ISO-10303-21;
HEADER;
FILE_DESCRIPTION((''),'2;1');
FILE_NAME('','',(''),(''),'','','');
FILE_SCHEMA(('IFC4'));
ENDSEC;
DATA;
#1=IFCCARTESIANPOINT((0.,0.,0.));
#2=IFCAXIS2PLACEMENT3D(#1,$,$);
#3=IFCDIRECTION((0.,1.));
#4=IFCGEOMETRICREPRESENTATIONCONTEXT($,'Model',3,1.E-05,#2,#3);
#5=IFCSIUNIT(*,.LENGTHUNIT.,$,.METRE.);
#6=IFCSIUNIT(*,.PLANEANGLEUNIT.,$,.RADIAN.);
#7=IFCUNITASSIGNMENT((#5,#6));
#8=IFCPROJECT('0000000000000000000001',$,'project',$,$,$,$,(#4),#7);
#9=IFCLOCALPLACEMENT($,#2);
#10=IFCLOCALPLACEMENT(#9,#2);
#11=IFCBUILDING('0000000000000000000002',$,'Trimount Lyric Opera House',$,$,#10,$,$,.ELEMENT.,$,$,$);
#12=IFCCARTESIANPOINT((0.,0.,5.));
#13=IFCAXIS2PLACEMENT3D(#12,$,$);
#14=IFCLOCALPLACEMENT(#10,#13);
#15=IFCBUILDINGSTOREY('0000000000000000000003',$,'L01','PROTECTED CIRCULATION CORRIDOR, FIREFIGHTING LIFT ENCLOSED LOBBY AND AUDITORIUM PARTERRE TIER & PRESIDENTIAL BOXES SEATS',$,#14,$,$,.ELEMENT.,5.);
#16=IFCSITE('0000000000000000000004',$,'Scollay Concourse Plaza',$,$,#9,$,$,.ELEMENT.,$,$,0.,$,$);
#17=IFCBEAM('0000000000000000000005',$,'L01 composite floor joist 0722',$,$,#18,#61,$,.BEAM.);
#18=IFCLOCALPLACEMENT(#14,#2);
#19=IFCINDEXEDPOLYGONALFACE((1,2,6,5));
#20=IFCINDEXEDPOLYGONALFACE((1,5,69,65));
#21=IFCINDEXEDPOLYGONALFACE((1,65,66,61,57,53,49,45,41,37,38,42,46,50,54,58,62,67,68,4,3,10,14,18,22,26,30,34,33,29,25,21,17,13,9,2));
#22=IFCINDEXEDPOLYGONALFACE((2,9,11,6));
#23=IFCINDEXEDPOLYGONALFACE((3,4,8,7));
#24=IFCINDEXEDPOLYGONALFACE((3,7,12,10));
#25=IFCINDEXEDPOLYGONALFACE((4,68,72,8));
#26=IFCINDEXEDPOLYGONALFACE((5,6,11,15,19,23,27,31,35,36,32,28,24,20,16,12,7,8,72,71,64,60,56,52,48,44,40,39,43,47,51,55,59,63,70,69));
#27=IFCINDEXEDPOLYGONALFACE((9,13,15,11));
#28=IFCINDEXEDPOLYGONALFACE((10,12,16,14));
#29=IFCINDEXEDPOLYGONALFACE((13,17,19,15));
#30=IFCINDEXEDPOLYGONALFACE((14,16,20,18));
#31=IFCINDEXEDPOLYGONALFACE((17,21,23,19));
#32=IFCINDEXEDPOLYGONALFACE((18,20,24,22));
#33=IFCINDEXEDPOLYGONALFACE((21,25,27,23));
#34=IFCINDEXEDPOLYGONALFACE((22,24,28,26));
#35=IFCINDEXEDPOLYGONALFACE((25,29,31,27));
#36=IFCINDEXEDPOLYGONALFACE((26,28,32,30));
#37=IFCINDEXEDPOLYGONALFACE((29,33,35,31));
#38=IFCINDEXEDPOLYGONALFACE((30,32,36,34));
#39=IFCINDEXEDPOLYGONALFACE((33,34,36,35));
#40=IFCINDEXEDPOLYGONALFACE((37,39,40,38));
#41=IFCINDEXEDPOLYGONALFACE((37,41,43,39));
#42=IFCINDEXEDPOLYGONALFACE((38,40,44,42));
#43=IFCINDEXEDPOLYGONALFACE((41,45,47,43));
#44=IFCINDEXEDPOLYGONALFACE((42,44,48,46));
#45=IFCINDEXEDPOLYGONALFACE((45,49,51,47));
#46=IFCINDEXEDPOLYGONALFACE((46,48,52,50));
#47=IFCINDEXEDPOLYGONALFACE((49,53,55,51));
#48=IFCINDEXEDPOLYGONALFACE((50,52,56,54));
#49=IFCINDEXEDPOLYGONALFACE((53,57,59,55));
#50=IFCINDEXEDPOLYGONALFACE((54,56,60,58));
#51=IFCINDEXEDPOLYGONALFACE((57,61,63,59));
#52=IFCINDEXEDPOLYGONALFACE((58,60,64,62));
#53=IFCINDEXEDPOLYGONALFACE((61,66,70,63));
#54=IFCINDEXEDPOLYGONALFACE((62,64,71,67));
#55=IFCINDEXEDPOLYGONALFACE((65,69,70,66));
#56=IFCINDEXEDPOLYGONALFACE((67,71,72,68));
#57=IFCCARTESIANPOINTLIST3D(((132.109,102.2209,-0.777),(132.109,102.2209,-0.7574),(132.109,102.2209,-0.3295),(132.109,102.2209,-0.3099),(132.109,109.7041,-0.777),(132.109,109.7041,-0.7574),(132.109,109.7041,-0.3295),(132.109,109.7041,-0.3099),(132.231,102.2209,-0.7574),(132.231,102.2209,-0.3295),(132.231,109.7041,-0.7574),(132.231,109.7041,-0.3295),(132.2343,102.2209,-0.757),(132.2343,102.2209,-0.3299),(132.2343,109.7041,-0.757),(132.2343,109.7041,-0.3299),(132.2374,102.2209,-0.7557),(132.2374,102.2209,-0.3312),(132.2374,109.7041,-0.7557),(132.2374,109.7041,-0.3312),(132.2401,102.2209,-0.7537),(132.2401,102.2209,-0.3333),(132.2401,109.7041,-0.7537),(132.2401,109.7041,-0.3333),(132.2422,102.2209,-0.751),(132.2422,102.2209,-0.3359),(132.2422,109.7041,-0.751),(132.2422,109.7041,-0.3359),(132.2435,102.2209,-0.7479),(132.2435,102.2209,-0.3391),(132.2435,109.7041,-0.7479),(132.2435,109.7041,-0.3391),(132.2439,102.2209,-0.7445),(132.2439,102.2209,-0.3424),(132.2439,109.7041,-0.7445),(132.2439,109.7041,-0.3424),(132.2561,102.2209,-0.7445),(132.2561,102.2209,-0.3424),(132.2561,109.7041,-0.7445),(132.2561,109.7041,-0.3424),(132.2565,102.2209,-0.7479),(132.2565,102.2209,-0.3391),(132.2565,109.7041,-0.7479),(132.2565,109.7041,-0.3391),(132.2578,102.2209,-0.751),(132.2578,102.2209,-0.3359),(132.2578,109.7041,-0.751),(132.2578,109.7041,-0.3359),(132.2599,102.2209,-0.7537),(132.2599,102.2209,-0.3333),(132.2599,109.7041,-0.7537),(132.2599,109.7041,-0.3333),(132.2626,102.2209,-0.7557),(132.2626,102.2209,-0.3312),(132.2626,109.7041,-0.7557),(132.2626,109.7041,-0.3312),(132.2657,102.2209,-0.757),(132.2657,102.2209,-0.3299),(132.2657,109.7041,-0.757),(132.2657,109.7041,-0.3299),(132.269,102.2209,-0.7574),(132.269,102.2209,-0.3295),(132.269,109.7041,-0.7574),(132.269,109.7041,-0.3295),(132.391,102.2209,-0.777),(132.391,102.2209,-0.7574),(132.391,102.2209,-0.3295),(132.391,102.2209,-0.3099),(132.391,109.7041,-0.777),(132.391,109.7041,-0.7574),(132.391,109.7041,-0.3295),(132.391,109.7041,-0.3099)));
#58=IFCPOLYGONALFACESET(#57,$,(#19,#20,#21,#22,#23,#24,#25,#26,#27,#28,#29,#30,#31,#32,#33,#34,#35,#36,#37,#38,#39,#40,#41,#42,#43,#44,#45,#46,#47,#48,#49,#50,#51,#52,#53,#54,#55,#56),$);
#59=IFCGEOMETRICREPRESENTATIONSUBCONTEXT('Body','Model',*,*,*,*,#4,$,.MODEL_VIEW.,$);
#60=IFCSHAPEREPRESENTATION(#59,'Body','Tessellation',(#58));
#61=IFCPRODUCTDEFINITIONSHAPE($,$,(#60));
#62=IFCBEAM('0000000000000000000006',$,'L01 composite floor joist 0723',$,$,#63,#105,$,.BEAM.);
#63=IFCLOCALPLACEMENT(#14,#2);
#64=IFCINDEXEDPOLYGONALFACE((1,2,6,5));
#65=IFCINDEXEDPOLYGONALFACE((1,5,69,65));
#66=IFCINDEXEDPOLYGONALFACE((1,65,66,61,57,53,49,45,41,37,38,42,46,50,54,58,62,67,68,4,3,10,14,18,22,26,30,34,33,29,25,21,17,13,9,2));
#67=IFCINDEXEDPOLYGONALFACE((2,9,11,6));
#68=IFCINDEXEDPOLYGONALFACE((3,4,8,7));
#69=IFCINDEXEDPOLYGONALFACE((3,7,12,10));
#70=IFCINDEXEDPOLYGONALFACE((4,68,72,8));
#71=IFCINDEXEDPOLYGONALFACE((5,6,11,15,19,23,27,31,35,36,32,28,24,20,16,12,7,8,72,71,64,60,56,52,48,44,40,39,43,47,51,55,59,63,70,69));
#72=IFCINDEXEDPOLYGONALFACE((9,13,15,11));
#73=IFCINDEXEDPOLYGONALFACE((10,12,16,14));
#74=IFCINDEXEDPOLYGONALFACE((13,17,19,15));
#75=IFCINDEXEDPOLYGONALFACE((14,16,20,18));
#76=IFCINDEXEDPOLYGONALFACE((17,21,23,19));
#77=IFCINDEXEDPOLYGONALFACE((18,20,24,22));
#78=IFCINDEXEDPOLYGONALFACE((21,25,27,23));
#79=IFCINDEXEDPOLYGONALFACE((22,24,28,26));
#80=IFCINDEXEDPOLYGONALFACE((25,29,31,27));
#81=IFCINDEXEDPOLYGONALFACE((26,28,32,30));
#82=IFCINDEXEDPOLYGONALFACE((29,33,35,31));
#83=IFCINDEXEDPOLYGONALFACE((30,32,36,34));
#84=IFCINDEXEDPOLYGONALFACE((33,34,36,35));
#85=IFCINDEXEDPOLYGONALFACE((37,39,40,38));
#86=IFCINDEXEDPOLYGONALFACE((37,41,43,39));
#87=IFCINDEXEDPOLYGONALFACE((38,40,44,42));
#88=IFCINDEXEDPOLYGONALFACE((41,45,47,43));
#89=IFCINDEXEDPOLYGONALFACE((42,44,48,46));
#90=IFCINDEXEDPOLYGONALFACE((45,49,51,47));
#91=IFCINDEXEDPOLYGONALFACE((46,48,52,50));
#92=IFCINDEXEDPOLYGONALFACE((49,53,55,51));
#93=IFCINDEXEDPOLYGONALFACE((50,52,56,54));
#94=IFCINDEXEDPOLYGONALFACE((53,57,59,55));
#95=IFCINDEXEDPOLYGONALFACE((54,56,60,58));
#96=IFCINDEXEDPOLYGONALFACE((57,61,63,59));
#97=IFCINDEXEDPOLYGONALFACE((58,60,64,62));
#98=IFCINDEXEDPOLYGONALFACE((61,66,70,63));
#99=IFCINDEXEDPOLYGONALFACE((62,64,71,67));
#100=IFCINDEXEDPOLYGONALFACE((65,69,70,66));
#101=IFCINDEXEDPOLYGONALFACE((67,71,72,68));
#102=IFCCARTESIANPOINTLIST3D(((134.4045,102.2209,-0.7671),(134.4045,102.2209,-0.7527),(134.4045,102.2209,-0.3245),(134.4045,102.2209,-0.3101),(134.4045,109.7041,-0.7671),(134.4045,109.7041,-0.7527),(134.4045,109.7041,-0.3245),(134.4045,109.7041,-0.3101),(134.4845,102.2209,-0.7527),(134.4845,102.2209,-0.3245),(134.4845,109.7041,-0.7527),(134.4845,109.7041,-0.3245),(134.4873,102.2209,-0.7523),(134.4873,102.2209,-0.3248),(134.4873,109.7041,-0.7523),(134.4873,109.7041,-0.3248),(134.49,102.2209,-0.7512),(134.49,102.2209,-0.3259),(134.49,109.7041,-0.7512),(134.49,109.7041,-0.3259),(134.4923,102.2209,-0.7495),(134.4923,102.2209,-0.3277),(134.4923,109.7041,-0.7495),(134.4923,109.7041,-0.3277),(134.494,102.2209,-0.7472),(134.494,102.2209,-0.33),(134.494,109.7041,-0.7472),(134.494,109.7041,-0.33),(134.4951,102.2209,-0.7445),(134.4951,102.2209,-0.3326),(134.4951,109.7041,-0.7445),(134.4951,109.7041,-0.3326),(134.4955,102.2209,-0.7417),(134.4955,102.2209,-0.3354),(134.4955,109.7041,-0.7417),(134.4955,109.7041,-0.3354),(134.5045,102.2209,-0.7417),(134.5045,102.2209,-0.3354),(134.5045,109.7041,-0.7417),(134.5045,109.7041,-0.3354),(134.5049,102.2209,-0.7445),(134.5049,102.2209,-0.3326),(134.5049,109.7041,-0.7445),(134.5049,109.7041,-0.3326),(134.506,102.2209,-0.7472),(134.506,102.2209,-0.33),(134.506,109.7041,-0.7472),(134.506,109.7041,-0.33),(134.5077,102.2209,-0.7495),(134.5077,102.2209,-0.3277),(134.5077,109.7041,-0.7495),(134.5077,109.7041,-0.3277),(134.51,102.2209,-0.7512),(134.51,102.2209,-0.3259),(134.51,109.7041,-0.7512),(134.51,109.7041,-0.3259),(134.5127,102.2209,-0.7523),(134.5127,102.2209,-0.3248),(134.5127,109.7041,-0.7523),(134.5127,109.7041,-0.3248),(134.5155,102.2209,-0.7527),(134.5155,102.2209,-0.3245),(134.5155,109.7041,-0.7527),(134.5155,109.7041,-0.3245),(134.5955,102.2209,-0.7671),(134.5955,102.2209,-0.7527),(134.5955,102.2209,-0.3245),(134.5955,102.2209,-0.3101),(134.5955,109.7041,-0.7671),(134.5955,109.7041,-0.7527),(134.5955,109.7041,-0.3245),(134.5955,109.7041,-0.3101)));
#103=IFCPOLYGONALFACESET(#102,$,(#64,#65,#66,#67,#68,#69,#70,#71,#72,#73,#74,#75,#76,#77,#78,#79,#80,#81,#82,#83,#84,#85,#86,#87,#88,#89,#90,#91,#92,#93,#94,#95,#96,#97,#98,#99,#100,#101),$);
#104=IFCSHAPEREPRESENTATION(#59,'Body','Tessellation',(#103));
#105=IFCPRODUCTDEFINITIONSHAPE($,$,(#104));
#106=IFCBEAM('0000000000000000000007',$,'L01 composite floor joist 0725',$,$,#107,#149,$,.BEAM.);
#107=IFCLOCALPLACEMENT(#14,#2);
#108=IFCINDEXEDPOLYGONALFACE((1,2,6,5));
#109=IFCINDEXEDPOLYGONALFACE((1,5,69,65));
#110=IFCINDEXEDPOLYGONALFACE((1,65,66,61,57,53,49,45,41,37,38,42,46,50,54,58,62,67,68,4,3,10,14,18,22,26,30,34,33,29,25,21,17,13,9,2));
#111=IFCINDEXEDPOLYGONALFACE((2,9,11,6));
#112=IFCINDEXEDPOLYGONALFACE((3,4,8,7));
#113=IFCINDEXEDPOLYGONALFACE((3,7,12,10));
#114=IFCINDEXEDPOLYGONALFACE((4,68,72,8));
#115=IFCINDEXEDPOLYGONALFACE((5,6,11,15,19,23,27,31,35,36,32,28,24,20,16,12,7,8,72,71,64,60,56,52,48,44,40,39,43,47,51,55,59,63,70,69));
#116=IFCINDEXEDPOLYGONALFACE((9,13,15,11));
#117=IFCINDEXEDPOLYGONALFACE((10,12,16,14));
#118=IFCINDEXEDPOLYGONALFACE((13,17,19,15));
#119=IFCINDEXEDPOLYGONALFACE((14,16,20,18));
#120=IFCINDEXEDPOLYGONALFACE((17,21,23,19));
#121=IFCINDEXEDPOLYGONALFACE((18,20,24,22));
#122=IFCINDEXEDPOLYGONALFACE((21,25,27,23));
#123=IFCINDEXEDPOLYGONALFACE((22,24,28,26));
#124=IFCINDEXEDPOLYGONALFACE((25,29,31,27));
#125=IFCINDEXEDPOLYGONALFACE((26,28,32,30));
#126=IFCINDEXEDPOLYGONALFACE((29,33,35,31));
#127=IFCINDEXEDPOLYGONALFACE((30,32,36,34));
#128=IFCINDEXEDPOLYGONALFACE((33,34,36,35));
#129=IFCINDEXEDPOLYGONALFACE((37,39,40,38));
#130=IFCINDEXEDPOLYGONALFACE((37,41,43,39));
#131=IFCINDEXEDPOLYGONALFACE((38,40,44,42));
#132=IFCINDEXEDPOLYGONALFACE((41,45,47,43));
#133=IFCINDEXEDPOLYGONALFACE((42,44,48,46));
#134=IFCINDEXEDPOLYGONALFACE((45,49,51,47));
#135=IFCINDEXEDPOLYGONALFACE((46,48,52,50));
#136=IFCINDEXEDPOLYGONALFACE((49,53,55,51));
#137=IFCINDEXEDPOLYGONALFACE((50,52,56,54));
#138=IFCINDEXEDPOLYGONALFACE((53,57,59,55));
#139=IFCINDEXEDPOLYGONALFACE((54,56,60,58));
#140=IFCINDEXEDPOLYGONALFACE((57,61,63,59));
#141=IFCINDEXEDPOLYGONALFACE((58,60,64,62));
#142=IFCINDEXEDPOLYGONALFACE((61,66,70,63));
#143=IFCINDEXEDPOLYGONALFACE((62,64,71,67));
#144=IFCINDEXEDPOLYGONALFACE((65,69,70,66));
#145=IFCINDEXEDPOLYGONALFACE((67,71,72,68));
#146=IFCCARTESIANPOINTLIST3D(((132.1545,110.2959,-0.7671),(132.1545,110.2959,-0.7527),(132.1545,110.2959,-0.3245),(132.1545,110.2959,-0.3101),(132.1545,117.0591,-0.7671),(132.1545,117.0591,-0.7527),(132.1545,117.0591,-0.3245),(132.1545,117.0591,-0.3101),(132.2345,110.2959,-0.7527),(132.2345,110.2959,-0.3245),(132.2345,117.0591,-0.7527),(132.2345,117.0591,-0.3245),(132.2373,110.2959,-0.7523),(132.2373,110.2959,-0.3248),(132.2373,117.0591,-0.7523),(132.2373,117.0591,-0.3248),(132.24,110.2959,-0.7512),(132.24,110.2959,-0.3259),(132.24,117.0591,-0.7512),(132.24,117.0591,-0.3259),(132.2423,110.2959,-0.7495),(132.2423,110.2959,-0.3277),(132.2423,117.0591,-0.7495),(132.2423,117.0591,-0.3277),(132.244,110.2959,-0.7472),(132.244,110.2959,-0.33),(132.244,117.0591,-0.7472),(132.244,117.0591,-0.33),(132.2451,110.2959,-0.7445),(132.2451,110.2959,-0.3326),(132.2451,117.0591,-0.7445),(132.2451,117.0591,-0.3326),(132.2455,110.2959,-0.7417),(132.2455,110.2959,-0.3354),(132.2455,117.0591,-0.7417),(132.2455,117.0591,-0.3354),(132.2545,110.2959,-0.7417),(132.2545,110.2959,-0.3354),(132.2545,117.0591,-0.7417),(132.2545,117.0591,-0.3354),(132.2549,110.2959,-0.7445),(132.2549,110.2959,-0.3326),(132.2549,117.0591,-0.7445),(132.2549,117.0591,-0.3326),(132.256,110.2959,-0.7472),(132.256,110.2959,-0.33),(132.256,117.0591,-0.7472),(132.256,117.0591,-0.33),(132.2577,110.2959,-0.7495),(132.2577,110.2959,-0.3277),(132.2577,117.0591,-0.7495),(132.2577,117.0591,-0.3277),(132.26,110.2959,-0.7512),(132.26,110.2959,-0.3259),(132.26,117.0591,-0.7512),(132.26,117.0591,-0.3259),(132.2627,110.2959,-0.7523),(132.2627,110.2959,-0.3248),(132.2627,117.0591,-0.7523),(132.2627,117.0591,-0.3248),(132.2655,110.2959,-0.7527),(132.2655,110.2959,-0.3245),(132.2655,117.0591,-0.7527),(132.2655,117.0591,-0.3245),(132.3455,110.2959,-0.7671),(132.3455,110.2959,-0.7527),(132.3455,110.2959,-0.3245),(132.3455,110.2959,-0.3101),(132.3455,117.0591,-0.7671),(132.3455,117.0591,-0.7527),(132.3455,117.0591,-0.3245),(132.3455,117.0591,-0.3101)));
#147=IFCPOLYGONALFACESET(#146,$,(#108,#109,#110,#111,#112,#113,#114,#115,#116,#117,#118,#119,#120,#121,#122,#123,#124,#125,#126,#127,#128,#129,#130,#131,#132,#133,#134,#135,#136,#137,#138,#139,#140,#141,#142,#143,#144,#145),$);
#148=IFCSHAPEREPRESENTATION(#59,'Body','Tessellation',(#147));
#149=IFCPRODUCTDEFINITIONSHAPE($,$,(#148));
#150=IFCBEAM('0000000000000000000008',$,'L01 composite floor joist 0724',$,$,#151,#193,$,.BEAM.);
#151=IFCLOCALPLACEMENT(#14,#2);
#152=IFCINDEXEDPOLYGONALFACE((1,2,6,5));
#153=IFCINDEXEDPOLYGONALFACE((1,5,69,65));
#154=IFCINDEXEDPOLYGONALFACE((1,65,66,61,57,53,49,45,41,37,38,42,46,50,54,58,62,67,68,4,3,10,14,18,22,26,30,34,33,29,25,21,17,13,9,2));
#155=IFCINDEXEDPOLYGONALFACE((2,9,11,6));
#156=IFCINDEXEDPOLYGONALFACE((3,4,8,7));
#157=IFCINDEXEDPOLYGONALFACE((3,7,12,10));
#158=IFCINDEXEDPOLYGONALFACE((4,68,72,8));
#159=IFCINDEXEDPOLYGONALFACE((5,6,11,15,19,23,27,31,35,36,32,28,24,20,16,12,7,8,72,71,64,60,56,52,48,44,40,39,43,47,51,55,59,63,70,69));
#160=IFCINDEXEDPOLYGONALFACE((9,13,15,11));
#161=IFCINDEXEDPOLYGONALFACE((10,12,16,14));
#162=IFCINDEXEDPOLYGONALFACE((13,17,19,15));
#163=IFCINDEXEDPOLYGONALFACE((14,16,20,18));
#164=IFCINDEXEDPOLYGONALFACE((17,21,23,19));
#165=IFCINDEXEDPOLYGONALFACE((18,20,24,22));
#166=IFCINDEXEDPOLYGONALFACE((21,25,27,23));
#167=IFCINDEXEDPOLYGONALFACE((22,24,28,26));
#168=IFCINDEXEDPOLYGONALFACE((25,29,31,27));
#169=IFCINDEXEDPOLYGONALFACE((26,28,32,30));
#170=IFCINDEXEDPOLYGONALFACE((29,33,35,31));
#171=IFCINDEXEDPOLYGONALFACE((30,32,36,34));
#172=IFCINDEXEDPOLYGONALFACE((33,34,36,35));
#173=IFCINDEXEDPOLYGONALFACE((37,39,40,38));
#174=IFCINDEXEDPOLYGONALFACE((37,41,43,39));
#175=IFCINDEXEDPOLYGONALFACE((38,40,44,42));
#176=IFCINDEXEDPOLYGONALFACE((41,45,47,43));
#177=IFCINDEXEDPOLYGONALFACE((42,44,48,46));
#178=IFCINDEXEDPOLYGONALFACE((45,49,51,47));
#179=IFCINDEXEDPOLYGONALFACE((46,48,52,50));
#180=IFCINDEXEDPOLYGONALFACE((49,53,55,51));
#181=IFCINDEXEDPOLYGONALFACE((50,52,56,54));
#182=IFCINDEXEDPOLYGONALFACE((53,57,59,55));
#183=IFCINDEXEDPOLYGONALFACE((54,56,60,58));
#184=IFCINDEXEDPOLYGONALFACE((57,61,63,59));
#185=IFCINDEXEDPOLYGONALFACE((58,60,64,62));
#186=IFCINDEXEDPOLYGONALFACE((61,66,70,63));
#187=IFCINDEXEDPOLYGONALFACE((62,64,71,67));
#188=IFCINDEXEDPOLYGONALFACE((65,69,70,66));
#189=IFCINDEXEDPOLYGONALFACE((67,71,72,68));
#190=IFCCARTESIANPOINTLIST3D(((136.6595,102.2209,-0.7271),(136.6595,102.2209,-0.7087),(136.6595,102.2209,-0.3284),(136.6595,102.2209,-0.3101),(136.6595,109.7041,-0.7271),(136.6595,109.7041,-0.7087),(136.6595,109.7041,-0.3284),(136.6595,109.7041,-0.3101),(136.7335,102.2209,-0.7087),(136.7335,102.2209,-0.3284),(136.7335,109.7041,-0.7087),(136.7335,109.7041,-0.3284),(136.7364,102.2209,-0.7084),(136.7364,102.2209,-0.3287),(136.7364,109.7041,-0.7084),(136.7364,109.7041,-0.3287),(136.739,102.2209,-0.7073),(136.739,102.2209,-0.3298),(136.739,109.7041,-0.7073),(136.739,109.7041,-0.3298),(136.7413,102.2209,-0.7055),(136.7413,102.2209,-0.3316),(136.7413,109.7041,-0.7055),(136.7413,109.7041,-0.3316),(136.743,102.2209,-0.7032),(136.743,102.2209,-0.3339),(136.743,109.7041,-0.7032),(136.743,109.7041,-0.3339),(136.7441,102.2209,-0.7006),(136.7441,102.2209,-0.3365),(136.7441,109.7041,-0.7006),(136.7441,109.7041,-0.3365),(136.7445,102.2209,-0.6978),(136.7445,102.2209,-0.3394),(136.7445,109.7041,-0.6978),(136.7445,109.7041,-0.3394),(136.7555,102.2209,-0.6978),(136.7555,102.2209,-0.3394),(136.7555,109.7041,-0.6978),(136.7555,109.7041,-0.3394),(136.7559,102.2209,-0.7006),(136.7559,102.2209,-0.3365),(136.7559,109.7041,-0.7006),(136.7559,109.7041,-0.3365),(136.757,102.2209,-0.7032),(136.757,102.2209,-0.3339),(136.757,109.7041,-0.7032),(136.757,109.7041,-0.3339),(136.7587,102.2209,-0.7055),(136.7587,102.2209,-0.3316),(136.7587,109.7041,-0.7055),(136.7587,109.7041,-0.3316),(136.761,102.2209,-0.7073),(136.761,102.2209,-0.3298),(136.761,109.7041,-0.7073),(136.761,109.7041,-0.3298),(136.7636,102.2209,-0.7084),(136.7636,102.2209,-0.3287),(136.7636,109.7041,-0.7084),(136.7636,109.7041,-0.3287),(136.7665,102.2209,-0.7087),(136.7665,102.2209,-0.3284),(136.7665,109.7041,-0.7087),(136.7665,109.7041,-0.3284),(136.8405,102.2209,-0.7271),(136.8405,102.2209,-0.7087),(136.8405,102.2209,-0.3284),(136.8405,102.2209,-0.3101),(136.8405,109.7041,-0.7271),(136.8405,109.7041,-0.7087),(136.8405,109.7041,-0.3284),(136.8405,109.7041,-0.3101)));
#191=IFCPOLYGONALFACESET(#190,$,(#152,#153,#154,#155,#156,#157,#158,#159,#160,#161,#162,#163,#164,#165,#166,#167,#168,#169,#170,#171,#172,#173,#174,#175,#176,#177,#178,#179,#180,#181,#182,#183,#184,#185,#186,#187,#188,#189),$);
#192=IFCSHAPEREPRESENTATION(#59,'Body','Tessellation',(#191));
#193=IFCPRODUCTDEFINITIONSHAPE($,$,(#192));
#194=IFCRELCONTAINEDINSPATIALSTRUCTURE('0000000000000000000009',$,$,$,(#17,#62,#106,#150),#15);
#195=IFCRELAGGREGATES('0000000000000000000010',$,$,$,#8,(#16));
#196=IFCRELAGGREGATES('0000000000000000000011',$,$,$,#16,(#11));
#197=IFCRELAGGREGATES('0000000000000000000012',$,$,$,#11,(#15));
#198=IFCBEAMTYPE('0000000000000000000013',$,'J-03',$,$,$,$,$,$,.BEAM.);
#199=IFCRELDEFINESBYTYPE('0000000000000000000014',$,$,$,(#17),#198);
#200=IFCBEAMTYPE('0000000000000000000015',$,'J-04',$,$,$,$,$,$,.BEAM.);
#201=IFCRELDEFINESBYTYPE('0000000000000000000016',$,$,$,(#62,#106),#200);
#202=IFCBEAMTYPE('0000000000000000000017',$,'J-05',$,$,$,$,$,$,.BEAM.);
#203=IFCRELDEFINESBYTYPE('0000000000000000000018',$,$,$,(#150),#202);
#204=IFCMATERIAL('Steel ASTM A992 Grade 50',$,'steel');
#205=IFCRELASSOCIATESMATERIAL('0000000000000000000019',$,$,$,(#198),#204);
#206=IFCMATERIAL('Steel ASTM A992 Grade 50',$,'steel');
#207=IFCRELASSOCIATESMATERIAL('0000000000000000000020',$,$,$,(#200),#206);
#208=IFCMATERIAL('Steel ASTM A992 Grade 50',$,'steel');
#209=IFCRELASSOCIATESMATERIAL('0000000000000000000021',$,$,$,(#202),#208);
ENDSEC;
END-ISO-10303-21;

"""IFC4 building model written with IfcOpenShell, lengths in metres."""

from ifc_helpers import new_model, si_unit, direction, frame, origin, origin_2d, place, context, subcontext, project, spatial, i_section, extrude, material, material_profile, profile_set, type_object, element, save


model = new_model("IFC4")

# Units and contexts
model_context = context("Model", 3, precision=1e-05, world=origin(), true_north=direction((0.0, 1.0)))
body_context = subcontext(model_context, "Body", "Model", "MODEL_VIEW")
ifc_project = project(units=[si_unit("LENGTHUNIT", "METRE"), si_unit("PLANEANGLEUNIT", "RADIAN")], contexts=[model_context])

# Site, building, storey
site_placement = place(None, origin())
site = spatial("IfcSite", under=ifc_project, at=site_placement, Name="Scollay Concourse Plaza", CompositionType="ELEMENT", RefElevation=0.0)
building_placement = place(site_placement, origin())
building = spatial("IfcBuilding", under=site, at=building_placement, Name="Trimount Lyric Opera House", CompositionType="ELEMENT")
storey_placement = place(building_placement, frame((0.0, 0.0, 5.0)))
storey = spatial("IfcBuildingStorey", under=building, at=storey_placement, Name="L01", Description="PROTECTED CIRCULATION CORRIDOR, FIREFIGHTING LIFT ENCLOSED LOBBY AND AUDITORIUM PARTERRE TIER & PRESIDENTIAL BOXES SEATS", CompositionType="ELEMENT", Elevation=5.0)

# Beams
ifc_material_1 = material(Name="Steel ASTM A992 Grade 50", Category="steel")
ifc_material_profile_1 = material_profile(ifc_material_1, i_section(OverallWidth=0.282, OverallDepth=0.467, WebThickness=0.0122, FlangeThickness=0.0195, FilletRadius=0.0129, at=origin_2d()), Name="W18X86")
ifc_profile_set_1 = profile_set([ifc_material_profile_1], Name="Steel ASTM A992 Grade 50")
beam_type_1 = type_object("IfcBeamType", Name="J-03", PredefinedType="BEAM", material=ifc_profile_set_1)
beam_1_placement = place(storey_placement, frame((132.25, 102.2209, -0.5435), z_axis=(0.0, 1.0, 0.0), x_axis=(-1.0, 0.0, 0.0)))
element("IfcBeam", 1, at=beam_1_placement, inside=storey, type_object=beam_type_1, Name="L01 composite floor joist 0722", PredefinedType="BEAM", context=body_context, shape_type="SweptSolid", body=[
    extrude(i_section(OverallWidth=0.282, OverallDepth=0.467, WebThickness=0.0122, FlangeThickness=0.0195, FilletRadius=0.0129, at=origin_2d()), origin(), (0.0, 0.0, 1.0), 7.4832),
])
ifc_material_2 = material(Name="Steel ASTM A992 Grade 50", Category="steel")
ifc_material_profile_2 = material_profile(ifc_material_2, i_section(OverallWidth=0.1909, OverallDepth=0.457, WebThickness=0.009, FlangeThickness=0.0144, FilletRadius=0.011, at=origin_2d()), Name="W18X50")
ifc_profile_set_2 = profile_set([ifc_material_profile_2], Name="Steel ASTM A992 Grade 50")
beam_type_2 = type_object("IfcBeamType", Name="J-04", PredefinedType="BEAM", material=ifc_profile_set_2)
beam_2_placement = place(storey_placement, frame((134.5, 102.2209, -0.5386), z_axis=(0.0, 1.0, 0.0), x_axis=(-1.0, 0.0, 0.0)))
element("IfcBeam", 2, at=beam_2_placement, inside=storey, type_object=beam_type_2, Name="L01 composite floor joist 0723", PredefinedType="BEAM", context=body_context, shape_type="SweptSolid", body=[
    extrude(i_section(OverallWidth=0.1909, OverallDepth=0.457, WebThickness=0.009, FlangeThickness=0.0144, FilletRadius=0.011, at=origin_2d()), origin(), (0.0, 0.0, 1.0), 7.4832),
])
beam_3_placement = place(storey_placement, frame((132.25, 110.2959, -0.5386), z_axis=(0.0, 1.0, 0.0), x_axis=(-1.0, 0.0, 0.0)))
element("IfcBeam", 3, at=beam_3_placement, inside=storey, type_object=beam_type_2, Name="L01 composite floor joist 0725", PredefinedType="BEAM", context=body_context, shape_type="SweptSolid", body=[
    extrude(i_section(OverallWidth=0.1909, OverallDepth=0.457, WebThickness=0.009, FlangeThickness=0.0144, FilletRadius=0.011, at=origin_2d()), origin(), (0.0, 0.0, 1.0), 6.7632),
])
ifc_material_3 = material(Name="Steel ASTM A992 Grade 50", Category="steel")
ifc_material_profile_3 = material_profile(ifc_material_3, i_section(OverallWidth=0.1809, OverallDepth=0.417, WebThickness=0.011, FlangeThickness=0.0183, FilletRadius=0.011, at=origin_2d()), Name="W16X57")
ifc_profile_set_3 = profile_set([ifc_material_profile_3], Name="Steel ASTM A992 Grade 50")
beam_type_3 = type_object("IfcBeamType", Name="J-05", PredefinedType="BEAM", material=ifc_profile_set_3)
beam_4_placement = place(storey_placement, frame((136.75, 102.2209, -0.5186), z_axis=(0.0, 1.0, 0.0), x_axis=(-1.0, 0.0, 0.0)))
element("IfcBeam", 4, at=beam_4_placement, inside=storey, type_object=beam_type_3, Name="L01 composite floor joist 0724", PredefinedType="BEAM", context=body_context, shape_type="SweptSolid", body=[
    extrude(i_section(OverallWidth=0.1809, OverallDepth=0.417, WebThickness=0.011, FlangeThickness=0.0183, FilletRadius=0.011, at=origin_2d()), origin(), (0.0, 0.0, 1.0), 7.4832),
])

save(model, "model.ifc")
